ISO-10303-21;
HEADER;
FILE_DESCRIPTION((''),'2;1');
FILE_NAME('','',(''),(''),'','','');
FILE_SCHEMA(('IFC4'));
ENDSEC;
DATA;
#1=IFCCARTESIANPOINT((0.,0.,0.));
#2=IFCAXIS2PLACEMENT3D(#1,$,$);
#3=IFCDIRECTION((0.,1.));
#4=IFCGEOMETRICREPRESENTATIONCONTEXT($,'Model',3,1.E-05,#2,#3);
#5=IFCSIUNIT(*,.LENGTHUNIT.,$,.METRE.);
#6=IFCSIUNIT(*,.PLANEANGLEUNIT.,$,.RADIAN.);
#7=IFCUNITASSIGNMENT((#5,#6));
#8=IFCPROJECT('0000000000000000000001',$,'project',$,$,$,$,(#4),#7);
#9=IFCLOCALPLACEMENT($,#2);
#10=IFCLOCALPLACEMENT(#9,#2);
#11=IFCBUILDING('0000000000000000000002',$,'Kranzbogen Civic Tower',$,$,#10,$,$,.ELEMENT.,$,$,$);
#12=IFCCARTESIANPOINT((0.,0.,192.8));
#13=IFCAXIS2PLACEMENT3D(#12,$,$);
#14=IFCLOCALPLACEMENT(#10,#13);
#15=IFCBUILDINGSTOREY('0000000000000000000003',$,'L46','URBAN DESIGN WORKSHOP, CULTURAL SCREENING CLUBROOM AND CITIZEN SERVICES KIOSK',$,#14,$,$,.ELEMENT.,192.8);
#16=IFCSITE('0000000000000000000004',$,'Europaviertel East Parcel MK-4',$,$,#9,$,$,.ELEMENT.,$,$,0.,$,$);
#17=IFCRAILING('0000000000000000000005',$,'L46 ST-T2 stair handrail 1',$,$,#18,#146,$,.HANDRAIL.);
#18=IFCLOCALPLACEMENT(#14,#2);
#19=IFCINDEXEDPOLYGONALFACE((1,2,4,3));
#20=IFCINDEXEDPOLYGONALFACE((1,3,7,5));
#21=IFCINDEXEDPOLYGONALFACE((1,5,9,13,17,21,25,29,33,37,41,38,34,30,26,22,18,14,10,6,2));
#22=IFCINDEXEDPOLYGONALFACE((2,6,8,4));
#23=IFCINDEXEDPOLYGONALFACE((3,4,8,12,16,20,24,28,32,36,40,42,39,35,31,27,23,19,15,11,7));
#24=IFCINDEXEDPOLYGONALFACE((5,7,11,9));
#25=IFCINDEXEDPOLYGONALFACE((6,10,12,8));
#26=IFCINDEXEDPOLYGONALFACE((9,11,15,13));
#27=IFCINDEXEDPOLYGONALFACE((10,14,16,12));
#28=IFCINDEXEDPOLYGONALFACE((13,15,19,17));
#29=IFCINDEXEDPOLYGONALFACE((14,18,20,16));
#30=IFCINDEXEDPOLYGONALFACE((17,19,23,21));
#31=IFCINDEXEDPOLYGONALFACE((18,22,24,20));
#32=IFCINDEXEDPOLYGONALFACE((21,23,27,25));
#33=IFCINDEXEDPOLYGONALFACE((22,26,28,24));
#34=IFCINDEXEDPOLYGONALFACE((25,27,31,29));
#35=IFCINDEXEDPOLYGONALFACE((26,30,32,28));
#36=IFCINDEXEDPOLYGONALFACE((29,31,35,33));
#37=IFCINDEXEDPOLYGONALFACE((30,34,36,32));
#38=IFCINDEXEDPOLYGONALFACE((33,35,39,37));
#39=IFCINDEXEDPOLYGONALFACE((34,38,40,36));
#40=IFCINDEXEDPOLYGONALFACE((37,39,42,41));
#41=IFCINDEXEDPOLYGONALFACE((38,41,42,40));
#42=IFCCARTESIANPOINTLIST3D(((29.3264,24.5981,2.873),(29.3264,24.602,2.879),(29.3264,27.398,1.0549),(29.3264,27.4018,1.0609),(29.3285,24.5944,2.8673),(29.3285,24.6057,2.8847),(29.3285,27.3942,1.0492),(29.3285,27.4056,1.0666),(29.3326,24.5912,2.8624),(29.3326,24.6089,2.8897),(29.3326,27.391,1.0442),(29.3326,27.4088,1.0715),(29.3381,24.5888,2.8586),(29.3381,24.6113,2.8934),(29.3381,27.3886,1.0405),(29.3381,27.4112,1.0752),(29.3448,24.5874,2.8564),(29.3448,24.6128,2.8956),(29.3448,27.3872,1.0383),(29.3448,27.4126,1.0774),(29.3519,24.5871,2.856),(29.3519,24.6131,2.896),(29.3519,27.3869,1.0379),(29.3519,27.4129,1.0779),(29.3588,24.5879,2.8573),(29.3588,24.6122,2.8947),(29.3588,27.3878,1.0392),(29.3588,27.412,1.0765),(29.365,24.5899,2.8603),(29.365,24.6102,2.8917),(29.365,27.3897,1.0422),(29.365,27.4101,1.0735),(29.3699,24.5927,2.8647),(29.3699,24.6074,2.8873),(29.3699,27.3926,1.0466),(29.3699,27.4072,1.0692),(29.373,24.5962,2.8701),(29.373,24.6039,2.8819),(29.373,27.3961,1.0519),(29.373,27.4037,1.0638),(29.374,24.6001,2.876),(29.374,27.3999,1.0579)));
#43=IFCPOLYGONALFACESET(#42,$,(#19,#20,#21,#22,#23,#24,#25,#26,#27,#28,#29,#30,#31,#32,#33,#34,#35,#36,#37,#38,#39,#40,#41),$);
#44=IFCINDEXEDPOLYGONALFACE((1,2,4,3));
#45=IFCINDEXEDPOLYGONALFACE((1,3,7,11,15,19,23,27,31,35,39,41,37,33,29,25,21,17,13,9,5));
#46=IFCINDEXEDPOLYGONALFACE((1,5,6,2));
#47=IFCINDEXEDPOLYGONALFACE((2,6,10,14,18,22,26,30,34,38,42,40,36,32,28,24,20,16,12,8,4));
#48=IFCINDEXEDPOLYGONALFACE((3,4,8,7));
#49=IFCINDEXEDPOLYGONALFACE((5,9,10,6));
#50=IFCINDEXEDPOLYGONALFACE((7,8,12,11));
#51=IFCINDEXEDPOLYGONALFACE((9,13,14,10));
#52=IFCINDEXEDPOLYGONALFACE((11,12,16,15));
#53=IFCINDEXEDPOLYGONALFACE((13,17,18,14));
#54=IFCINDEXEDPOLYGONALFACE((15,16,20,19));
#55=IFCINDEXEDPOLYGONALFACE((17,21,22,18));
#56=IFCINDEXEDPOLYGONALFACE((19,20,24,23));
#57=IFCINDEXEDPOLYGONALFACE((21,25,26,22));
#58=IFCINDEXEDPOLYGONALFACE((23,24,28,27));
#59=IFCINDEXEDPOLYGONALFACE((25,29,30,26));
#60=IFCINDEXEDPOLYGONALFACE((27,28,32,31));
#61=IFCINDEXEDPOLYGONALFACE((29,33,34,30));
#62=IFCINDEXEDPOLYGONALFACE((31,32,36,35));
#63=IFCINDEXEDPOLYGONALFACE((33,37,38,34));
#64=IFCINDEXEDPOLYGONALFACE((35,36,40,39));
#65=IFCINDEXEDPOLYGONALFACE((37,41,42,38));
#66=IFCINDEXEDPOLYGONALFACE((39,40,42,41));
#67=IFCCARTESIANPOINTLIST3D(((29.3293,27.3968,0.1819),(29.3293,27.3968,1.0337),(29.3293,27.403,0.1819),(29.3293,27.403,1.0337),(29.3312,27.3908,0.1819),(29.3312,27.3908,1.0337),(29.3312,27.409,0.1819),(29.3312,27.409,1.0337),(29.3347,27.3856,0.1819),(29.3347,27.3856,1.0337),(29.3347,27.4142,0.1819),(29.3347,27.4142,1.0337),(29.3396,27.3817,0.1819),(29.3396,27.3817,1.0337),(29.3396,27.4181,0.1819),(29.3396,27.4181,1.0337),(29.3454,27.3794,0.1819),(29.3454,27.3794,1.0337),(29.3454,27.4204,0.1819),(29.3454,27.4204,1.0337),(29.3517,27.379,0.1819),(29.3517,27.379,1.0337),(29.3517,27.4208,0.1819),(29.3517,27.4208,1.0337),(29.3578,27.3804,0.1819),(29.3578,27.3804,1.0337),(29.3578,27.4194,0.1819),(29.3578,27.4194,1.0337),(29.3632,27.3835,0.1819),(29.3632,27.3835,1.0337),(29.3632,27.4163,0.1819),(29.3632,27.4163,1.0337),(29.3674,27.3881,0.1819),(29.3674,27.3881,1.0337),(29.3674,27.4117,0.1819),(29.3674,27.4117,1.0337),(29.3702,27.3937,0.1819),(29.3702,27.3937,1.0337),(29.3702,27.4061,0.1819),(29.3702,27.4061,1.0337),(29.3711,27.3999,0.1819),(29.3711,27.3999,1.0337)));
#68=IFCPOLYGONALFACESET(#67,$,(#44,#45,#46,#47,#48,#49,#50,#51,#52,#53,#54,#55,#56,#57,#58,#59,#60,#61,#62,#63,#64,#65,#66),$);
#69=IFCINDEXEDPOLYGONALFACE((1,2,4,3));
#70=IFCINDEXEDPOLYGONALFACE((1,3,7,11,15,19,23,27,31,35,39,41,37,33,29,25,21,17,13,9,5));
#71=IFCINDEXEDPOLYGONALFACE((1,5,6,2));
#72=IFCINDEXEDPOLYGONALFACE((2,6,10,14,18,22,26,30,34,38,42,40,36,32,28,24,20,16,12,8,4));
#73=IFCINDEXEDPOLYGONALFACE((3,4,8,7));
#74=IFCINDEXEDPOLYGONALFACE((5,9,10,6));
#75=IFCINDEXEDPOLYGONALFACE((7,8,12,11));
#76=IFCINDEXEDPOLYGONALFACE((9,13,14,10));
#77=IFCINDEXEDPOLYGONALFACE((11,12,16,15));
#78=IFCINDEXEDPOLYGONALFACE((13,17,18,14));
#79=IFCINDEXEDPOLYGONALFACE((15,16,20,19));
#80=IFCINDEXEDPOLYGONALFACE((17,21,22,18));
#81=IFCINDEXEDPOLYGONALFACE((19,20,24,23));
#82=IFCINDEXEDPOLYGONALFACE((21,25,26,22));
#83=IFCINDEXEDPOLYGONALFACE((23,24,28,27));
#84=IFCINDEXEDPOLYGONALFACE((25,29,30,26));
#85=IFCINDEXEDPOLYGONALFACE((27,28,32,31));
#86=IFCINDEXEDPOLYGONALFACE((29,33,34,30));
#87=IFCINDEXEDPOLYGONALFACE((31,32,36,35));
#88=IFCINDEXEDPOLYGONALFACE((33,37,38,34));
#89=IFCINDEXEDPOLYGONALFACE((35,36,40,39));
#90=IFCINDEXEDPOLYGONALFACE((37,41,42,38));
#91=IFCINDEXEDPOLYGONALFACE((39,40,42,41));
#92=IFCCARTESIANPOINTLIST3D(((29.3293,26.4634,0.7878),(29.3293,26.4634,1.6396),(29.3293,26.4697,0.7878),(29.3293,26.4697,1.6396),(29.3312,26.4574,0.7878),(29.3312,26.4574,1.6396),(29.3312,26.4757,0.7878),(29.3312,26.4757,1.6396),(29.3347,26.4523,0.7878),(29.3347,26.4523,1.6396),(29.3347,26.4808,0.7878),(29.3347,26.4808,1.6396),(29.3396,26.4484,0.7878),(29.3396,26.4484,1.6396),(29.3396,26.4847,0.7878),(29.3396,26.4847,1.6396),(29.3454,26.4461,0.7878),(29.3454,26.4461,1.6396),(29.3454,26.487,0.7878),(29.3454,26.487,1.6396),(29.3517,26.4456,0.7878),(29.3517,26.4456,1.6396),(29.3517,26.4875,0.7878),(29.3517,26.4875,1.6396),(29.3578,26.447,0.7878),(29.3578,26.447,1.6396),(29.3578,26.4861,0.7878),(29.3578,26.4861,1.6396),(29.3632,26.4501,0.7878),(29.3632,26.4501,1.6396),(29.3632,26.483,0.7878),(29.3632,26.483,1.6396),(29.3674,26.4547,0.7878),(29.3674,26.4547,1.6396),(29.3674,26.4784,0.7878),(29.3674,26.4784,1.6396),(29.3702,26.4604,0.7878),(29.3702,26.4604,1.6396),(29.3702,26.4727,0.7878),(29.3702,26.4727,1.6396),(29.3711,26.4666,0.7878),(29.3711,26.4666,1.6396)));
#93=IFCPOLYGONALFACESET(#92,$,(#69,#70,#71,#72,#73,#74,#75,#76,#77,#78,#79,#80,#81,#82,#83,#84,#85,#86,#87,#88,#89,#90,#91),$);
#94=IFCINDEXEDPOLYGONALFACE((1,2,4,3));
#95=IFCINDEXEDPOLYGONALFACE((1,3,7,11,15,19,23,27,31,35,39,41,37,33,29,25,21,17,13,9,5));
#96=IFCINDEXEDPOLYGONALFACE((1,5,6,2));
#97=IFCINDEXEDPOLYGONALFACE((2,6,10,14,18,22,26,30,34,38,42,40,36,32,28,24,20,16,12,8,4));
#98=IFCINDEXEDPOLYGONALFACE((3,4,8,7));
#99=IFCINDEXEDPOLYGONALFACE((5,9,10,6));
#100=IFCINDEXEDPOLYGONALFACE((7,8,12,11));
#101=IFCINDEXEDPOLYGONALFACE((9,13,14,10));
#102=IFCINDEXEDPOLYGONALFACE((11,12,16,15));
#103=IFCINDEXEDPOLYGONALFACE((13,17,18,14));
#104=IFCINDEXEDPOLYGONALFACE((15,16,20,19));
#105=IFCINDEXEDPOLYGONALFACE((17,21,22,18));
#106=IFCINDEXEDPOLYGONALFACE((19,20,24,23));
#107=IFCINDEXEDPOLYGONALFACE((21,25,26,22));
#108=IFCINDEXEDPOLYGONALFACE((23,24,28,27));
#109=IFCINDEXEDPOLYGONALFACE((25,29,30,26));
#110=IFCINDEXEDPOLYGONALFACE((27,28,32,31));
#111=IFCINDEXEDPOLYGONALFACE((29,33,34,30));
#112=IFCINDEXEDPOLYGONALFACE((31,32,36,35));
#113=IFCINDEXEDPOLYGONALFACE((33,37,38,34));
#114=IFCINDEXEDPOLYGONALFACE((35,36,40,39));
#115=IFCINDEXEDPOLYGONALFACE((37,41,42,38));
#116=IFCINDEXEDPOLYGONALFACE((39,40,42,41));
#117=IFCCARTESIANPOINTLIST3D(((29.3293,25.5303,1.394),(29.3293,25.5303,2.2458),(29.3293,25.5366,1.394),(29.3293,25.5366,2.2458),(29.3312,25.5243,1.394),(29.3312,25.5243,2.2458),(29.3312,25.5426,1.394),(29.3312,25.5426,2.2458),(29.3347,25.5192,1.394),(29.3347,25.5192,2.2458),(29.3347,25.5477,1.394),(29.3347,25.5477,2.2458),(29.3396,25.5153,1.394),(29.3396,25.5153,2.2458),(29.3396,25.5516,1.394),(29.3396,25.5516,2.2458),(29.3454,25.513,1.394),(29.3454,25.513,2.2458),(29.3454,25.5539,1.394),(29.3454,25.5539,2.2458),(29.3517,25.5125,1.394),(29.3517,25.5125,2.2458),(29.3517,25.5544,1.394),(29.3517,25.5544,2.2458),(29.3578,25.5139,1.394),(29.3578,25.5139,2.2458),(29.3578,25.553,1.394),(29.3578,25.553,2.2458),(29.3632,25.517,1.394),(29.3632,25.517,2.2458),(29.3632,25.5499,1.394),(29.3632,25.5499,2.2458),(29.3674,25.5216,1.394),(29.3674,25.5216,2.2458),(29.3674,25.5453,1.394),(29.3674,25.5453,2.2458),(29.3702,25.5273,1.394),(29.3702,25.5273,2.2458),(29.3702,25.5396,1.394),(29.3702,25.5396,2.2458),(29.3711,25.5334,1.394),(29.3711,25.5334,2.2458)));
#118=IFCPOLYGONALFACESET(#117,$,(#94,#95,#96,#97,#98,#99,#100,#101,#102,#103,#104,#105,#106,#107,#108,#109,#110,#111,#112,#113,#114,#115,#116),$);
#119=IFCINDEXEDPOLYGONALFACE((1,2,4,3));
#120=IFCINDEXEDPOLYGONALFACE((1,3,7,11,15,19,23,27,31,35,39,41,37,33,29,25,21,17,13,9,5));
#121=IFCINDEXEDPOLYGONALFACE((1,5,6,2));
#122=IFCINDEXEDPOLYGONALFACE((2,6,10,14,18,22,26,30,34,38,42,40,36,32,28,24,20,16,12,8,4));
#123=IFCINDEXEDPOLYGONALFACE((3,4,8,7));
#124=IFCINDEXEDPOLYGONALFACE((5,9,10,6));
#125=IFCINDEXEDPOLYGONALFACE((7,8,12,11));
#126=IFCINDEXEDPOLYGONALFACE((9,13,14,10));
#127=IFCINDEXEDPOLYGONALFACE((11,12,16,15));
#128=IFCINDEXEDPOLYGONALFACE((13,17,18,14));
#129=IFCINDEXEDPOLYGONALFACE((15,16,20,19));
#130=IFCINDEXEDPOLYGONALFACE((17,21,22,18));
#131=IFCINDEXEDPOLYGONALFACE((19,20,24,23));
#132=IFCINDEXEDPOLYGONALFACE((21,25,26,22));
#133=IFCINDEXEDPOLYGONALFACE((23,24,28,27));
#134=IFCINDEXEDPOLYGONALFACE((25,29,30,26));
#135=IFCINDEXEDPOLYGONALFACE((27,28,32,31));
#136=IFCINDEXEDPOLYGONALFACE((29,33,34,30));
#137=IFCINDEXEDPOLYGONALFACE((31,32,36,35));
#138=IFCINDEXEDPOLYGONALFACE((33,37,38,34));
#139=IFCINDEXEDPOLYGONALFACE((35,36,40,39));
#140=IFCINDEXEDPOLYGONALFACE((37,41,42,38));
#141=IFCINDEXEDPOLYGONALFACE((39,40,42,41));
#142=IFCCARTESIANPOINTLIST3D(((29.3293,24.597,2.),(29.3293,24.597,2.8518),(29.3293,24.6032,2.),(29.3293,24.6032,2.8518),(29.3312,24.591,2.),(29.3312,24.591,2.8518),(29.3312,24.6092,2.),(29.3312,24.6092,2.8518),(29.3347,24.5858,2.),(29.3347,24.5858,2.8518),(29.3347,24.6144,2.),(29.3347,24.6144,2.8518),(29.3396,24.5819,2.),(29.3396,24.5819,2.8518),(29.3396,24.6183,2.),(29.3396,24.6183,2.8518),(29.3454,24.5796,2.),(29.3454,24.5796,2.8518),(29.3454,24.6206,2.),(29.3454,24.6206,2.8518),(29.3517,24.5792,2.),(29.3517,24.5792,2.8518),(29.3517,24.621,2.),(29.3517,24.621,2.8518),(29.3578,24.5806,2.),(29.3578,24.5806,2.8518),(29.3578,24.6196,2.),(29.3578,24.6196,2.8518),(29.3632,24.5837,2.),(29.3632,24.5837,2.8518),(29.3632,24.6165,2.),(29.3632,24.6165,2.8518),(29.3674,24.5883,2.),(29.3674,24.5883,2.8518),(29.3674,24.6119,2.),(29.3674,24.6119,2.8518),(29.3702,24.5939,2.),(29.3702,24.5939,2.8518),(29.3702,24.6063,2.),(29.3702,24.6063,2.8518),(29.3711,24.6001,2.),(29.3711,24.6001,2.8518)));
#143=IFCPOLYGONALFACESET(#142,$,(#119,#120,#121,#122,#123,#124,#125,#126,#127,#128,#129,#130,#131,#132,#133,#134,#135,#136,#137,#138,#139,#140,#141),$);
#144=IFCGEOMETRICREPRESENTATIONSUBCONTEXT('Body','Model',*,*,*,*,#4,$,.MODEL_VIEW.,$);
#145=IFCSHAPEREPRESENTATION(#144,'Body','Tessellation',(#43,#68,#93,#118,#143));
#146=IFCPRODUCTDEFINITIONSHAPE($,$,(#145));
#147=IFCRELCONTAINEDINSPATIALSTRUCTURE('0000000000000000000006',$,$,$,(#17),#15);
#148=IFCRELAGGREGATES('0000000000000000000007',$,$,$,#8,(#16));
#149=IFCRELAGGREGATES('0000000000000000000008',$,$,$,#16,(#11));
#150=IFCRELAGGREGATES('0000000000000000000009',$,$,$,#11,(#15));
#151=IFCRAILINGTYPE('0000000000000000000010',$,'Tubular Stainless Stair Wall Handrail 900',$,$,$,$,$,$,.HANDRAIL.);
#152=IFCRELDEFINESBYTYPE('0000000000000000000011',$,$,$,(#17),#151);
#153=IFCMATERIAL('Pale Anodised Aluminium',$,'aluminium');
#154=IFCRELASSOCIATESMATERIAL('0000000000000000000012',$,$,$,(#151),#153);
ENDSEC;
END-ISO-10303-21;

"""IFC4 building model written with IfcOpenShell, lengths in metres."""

from ifc_helpers import new_model, si_unit, direction, frame, origin, origin_2d, place, context, subcontext, project, spatial, circle, extrude, material, type_object, element, save


model = new_model("IFC4")

# Units and contexts
model_context = context("Model", 3, precision=1e-05, world=origin(), true_north=direction((0.0, 1.0)))
body_context = subcontext(model_context, "Body", "Model", "MODEL_VIEW")
ifc_project = project(units=[si_unit("LENGTHUNIT", "METRE"), si_unit("PLANEANGLEUNIT", "RADIAN")], contexts=[model_context])

# Site, building, storey
site_placement = place(None, origin())
site = spatial("IfcSite", under=ifc_project, at=site_placement, Name="Europaviertel East Parcel MK-4", CompositionType="ELEMENT", RefElevation=0.0)
building_placement = place(site_placement, origin())
building = spatial("IfcBuilding", under=site, at=building_placement, Name="Kranzbogen Civic Tower", CompositionType="ELEMENT")
storey_placement = place(building_placement, frame((0.0, 0.0, 192.8)))
storey = spatial("IfcBuildingStorey", under=building, at=storey_placement, Name="L46", Description="URBAN DESIGN WORKSHOP, CULTURAL SCREENING CLUBROOM AND CITIZEN SERVICES KIOSK", CompositionType="ELEMENT", Elevation=192.8)

# Shared definitions
ifc_material_1 = material(Name="Pale Anodised Aluminium", Category="aluminium")

# Railing
railing_type_1 = type_object("IfcRailingType", Name="Tubular Stainless Stair Wall Handrail 900", PredefinedType="HANDRAIL", material=ifc_material_1)
railing_1_placement = place(storey_placement, frame((29.3501, 27.3999, 0.1819)))
element("IfcRailing", 1, at=railing_1_placement, inside=storey, type_object=railing_type_1, Name="L46 ST-T2 stair handrail 1", PredefinedType="HANDRAIL", context=body_context, shape_type="SweptSolid", body=[
    extrude(circle(Radius=0.0239, at=origin_2d()), frame((0.0, 0.0, 0.876), z_axis=(0.0, -0.838684, 0.544618), x_axis=(1.0, 0.0, 0.0)), (0.0, 0.0, 1.0), 3.3384),
    extrude(circle(Radius=0.021, at=origin_2d()), origin(), (0.0, 0.0, 1.0), 0.8518),
    extrude(circle(Radius=0.021, at=origin_2d()), frame((0.0, -0.9333, 0.606)), (0.0, 0.0, 1.0), 0.8518),
    extrude(circle(Radius=0.021, at=origin_2d()), frame((0.0, -1.8665, 1.2122)), (0.0, 0.0, 1.0), 0.8518),
    extrude(circle(Radius=0.021, at=origin_2d()), frame((0.0, -2.7998, 1.8181)), (0.0, 0.0, 1.0), 0.8518),
])

save(model, "model.ifc")
